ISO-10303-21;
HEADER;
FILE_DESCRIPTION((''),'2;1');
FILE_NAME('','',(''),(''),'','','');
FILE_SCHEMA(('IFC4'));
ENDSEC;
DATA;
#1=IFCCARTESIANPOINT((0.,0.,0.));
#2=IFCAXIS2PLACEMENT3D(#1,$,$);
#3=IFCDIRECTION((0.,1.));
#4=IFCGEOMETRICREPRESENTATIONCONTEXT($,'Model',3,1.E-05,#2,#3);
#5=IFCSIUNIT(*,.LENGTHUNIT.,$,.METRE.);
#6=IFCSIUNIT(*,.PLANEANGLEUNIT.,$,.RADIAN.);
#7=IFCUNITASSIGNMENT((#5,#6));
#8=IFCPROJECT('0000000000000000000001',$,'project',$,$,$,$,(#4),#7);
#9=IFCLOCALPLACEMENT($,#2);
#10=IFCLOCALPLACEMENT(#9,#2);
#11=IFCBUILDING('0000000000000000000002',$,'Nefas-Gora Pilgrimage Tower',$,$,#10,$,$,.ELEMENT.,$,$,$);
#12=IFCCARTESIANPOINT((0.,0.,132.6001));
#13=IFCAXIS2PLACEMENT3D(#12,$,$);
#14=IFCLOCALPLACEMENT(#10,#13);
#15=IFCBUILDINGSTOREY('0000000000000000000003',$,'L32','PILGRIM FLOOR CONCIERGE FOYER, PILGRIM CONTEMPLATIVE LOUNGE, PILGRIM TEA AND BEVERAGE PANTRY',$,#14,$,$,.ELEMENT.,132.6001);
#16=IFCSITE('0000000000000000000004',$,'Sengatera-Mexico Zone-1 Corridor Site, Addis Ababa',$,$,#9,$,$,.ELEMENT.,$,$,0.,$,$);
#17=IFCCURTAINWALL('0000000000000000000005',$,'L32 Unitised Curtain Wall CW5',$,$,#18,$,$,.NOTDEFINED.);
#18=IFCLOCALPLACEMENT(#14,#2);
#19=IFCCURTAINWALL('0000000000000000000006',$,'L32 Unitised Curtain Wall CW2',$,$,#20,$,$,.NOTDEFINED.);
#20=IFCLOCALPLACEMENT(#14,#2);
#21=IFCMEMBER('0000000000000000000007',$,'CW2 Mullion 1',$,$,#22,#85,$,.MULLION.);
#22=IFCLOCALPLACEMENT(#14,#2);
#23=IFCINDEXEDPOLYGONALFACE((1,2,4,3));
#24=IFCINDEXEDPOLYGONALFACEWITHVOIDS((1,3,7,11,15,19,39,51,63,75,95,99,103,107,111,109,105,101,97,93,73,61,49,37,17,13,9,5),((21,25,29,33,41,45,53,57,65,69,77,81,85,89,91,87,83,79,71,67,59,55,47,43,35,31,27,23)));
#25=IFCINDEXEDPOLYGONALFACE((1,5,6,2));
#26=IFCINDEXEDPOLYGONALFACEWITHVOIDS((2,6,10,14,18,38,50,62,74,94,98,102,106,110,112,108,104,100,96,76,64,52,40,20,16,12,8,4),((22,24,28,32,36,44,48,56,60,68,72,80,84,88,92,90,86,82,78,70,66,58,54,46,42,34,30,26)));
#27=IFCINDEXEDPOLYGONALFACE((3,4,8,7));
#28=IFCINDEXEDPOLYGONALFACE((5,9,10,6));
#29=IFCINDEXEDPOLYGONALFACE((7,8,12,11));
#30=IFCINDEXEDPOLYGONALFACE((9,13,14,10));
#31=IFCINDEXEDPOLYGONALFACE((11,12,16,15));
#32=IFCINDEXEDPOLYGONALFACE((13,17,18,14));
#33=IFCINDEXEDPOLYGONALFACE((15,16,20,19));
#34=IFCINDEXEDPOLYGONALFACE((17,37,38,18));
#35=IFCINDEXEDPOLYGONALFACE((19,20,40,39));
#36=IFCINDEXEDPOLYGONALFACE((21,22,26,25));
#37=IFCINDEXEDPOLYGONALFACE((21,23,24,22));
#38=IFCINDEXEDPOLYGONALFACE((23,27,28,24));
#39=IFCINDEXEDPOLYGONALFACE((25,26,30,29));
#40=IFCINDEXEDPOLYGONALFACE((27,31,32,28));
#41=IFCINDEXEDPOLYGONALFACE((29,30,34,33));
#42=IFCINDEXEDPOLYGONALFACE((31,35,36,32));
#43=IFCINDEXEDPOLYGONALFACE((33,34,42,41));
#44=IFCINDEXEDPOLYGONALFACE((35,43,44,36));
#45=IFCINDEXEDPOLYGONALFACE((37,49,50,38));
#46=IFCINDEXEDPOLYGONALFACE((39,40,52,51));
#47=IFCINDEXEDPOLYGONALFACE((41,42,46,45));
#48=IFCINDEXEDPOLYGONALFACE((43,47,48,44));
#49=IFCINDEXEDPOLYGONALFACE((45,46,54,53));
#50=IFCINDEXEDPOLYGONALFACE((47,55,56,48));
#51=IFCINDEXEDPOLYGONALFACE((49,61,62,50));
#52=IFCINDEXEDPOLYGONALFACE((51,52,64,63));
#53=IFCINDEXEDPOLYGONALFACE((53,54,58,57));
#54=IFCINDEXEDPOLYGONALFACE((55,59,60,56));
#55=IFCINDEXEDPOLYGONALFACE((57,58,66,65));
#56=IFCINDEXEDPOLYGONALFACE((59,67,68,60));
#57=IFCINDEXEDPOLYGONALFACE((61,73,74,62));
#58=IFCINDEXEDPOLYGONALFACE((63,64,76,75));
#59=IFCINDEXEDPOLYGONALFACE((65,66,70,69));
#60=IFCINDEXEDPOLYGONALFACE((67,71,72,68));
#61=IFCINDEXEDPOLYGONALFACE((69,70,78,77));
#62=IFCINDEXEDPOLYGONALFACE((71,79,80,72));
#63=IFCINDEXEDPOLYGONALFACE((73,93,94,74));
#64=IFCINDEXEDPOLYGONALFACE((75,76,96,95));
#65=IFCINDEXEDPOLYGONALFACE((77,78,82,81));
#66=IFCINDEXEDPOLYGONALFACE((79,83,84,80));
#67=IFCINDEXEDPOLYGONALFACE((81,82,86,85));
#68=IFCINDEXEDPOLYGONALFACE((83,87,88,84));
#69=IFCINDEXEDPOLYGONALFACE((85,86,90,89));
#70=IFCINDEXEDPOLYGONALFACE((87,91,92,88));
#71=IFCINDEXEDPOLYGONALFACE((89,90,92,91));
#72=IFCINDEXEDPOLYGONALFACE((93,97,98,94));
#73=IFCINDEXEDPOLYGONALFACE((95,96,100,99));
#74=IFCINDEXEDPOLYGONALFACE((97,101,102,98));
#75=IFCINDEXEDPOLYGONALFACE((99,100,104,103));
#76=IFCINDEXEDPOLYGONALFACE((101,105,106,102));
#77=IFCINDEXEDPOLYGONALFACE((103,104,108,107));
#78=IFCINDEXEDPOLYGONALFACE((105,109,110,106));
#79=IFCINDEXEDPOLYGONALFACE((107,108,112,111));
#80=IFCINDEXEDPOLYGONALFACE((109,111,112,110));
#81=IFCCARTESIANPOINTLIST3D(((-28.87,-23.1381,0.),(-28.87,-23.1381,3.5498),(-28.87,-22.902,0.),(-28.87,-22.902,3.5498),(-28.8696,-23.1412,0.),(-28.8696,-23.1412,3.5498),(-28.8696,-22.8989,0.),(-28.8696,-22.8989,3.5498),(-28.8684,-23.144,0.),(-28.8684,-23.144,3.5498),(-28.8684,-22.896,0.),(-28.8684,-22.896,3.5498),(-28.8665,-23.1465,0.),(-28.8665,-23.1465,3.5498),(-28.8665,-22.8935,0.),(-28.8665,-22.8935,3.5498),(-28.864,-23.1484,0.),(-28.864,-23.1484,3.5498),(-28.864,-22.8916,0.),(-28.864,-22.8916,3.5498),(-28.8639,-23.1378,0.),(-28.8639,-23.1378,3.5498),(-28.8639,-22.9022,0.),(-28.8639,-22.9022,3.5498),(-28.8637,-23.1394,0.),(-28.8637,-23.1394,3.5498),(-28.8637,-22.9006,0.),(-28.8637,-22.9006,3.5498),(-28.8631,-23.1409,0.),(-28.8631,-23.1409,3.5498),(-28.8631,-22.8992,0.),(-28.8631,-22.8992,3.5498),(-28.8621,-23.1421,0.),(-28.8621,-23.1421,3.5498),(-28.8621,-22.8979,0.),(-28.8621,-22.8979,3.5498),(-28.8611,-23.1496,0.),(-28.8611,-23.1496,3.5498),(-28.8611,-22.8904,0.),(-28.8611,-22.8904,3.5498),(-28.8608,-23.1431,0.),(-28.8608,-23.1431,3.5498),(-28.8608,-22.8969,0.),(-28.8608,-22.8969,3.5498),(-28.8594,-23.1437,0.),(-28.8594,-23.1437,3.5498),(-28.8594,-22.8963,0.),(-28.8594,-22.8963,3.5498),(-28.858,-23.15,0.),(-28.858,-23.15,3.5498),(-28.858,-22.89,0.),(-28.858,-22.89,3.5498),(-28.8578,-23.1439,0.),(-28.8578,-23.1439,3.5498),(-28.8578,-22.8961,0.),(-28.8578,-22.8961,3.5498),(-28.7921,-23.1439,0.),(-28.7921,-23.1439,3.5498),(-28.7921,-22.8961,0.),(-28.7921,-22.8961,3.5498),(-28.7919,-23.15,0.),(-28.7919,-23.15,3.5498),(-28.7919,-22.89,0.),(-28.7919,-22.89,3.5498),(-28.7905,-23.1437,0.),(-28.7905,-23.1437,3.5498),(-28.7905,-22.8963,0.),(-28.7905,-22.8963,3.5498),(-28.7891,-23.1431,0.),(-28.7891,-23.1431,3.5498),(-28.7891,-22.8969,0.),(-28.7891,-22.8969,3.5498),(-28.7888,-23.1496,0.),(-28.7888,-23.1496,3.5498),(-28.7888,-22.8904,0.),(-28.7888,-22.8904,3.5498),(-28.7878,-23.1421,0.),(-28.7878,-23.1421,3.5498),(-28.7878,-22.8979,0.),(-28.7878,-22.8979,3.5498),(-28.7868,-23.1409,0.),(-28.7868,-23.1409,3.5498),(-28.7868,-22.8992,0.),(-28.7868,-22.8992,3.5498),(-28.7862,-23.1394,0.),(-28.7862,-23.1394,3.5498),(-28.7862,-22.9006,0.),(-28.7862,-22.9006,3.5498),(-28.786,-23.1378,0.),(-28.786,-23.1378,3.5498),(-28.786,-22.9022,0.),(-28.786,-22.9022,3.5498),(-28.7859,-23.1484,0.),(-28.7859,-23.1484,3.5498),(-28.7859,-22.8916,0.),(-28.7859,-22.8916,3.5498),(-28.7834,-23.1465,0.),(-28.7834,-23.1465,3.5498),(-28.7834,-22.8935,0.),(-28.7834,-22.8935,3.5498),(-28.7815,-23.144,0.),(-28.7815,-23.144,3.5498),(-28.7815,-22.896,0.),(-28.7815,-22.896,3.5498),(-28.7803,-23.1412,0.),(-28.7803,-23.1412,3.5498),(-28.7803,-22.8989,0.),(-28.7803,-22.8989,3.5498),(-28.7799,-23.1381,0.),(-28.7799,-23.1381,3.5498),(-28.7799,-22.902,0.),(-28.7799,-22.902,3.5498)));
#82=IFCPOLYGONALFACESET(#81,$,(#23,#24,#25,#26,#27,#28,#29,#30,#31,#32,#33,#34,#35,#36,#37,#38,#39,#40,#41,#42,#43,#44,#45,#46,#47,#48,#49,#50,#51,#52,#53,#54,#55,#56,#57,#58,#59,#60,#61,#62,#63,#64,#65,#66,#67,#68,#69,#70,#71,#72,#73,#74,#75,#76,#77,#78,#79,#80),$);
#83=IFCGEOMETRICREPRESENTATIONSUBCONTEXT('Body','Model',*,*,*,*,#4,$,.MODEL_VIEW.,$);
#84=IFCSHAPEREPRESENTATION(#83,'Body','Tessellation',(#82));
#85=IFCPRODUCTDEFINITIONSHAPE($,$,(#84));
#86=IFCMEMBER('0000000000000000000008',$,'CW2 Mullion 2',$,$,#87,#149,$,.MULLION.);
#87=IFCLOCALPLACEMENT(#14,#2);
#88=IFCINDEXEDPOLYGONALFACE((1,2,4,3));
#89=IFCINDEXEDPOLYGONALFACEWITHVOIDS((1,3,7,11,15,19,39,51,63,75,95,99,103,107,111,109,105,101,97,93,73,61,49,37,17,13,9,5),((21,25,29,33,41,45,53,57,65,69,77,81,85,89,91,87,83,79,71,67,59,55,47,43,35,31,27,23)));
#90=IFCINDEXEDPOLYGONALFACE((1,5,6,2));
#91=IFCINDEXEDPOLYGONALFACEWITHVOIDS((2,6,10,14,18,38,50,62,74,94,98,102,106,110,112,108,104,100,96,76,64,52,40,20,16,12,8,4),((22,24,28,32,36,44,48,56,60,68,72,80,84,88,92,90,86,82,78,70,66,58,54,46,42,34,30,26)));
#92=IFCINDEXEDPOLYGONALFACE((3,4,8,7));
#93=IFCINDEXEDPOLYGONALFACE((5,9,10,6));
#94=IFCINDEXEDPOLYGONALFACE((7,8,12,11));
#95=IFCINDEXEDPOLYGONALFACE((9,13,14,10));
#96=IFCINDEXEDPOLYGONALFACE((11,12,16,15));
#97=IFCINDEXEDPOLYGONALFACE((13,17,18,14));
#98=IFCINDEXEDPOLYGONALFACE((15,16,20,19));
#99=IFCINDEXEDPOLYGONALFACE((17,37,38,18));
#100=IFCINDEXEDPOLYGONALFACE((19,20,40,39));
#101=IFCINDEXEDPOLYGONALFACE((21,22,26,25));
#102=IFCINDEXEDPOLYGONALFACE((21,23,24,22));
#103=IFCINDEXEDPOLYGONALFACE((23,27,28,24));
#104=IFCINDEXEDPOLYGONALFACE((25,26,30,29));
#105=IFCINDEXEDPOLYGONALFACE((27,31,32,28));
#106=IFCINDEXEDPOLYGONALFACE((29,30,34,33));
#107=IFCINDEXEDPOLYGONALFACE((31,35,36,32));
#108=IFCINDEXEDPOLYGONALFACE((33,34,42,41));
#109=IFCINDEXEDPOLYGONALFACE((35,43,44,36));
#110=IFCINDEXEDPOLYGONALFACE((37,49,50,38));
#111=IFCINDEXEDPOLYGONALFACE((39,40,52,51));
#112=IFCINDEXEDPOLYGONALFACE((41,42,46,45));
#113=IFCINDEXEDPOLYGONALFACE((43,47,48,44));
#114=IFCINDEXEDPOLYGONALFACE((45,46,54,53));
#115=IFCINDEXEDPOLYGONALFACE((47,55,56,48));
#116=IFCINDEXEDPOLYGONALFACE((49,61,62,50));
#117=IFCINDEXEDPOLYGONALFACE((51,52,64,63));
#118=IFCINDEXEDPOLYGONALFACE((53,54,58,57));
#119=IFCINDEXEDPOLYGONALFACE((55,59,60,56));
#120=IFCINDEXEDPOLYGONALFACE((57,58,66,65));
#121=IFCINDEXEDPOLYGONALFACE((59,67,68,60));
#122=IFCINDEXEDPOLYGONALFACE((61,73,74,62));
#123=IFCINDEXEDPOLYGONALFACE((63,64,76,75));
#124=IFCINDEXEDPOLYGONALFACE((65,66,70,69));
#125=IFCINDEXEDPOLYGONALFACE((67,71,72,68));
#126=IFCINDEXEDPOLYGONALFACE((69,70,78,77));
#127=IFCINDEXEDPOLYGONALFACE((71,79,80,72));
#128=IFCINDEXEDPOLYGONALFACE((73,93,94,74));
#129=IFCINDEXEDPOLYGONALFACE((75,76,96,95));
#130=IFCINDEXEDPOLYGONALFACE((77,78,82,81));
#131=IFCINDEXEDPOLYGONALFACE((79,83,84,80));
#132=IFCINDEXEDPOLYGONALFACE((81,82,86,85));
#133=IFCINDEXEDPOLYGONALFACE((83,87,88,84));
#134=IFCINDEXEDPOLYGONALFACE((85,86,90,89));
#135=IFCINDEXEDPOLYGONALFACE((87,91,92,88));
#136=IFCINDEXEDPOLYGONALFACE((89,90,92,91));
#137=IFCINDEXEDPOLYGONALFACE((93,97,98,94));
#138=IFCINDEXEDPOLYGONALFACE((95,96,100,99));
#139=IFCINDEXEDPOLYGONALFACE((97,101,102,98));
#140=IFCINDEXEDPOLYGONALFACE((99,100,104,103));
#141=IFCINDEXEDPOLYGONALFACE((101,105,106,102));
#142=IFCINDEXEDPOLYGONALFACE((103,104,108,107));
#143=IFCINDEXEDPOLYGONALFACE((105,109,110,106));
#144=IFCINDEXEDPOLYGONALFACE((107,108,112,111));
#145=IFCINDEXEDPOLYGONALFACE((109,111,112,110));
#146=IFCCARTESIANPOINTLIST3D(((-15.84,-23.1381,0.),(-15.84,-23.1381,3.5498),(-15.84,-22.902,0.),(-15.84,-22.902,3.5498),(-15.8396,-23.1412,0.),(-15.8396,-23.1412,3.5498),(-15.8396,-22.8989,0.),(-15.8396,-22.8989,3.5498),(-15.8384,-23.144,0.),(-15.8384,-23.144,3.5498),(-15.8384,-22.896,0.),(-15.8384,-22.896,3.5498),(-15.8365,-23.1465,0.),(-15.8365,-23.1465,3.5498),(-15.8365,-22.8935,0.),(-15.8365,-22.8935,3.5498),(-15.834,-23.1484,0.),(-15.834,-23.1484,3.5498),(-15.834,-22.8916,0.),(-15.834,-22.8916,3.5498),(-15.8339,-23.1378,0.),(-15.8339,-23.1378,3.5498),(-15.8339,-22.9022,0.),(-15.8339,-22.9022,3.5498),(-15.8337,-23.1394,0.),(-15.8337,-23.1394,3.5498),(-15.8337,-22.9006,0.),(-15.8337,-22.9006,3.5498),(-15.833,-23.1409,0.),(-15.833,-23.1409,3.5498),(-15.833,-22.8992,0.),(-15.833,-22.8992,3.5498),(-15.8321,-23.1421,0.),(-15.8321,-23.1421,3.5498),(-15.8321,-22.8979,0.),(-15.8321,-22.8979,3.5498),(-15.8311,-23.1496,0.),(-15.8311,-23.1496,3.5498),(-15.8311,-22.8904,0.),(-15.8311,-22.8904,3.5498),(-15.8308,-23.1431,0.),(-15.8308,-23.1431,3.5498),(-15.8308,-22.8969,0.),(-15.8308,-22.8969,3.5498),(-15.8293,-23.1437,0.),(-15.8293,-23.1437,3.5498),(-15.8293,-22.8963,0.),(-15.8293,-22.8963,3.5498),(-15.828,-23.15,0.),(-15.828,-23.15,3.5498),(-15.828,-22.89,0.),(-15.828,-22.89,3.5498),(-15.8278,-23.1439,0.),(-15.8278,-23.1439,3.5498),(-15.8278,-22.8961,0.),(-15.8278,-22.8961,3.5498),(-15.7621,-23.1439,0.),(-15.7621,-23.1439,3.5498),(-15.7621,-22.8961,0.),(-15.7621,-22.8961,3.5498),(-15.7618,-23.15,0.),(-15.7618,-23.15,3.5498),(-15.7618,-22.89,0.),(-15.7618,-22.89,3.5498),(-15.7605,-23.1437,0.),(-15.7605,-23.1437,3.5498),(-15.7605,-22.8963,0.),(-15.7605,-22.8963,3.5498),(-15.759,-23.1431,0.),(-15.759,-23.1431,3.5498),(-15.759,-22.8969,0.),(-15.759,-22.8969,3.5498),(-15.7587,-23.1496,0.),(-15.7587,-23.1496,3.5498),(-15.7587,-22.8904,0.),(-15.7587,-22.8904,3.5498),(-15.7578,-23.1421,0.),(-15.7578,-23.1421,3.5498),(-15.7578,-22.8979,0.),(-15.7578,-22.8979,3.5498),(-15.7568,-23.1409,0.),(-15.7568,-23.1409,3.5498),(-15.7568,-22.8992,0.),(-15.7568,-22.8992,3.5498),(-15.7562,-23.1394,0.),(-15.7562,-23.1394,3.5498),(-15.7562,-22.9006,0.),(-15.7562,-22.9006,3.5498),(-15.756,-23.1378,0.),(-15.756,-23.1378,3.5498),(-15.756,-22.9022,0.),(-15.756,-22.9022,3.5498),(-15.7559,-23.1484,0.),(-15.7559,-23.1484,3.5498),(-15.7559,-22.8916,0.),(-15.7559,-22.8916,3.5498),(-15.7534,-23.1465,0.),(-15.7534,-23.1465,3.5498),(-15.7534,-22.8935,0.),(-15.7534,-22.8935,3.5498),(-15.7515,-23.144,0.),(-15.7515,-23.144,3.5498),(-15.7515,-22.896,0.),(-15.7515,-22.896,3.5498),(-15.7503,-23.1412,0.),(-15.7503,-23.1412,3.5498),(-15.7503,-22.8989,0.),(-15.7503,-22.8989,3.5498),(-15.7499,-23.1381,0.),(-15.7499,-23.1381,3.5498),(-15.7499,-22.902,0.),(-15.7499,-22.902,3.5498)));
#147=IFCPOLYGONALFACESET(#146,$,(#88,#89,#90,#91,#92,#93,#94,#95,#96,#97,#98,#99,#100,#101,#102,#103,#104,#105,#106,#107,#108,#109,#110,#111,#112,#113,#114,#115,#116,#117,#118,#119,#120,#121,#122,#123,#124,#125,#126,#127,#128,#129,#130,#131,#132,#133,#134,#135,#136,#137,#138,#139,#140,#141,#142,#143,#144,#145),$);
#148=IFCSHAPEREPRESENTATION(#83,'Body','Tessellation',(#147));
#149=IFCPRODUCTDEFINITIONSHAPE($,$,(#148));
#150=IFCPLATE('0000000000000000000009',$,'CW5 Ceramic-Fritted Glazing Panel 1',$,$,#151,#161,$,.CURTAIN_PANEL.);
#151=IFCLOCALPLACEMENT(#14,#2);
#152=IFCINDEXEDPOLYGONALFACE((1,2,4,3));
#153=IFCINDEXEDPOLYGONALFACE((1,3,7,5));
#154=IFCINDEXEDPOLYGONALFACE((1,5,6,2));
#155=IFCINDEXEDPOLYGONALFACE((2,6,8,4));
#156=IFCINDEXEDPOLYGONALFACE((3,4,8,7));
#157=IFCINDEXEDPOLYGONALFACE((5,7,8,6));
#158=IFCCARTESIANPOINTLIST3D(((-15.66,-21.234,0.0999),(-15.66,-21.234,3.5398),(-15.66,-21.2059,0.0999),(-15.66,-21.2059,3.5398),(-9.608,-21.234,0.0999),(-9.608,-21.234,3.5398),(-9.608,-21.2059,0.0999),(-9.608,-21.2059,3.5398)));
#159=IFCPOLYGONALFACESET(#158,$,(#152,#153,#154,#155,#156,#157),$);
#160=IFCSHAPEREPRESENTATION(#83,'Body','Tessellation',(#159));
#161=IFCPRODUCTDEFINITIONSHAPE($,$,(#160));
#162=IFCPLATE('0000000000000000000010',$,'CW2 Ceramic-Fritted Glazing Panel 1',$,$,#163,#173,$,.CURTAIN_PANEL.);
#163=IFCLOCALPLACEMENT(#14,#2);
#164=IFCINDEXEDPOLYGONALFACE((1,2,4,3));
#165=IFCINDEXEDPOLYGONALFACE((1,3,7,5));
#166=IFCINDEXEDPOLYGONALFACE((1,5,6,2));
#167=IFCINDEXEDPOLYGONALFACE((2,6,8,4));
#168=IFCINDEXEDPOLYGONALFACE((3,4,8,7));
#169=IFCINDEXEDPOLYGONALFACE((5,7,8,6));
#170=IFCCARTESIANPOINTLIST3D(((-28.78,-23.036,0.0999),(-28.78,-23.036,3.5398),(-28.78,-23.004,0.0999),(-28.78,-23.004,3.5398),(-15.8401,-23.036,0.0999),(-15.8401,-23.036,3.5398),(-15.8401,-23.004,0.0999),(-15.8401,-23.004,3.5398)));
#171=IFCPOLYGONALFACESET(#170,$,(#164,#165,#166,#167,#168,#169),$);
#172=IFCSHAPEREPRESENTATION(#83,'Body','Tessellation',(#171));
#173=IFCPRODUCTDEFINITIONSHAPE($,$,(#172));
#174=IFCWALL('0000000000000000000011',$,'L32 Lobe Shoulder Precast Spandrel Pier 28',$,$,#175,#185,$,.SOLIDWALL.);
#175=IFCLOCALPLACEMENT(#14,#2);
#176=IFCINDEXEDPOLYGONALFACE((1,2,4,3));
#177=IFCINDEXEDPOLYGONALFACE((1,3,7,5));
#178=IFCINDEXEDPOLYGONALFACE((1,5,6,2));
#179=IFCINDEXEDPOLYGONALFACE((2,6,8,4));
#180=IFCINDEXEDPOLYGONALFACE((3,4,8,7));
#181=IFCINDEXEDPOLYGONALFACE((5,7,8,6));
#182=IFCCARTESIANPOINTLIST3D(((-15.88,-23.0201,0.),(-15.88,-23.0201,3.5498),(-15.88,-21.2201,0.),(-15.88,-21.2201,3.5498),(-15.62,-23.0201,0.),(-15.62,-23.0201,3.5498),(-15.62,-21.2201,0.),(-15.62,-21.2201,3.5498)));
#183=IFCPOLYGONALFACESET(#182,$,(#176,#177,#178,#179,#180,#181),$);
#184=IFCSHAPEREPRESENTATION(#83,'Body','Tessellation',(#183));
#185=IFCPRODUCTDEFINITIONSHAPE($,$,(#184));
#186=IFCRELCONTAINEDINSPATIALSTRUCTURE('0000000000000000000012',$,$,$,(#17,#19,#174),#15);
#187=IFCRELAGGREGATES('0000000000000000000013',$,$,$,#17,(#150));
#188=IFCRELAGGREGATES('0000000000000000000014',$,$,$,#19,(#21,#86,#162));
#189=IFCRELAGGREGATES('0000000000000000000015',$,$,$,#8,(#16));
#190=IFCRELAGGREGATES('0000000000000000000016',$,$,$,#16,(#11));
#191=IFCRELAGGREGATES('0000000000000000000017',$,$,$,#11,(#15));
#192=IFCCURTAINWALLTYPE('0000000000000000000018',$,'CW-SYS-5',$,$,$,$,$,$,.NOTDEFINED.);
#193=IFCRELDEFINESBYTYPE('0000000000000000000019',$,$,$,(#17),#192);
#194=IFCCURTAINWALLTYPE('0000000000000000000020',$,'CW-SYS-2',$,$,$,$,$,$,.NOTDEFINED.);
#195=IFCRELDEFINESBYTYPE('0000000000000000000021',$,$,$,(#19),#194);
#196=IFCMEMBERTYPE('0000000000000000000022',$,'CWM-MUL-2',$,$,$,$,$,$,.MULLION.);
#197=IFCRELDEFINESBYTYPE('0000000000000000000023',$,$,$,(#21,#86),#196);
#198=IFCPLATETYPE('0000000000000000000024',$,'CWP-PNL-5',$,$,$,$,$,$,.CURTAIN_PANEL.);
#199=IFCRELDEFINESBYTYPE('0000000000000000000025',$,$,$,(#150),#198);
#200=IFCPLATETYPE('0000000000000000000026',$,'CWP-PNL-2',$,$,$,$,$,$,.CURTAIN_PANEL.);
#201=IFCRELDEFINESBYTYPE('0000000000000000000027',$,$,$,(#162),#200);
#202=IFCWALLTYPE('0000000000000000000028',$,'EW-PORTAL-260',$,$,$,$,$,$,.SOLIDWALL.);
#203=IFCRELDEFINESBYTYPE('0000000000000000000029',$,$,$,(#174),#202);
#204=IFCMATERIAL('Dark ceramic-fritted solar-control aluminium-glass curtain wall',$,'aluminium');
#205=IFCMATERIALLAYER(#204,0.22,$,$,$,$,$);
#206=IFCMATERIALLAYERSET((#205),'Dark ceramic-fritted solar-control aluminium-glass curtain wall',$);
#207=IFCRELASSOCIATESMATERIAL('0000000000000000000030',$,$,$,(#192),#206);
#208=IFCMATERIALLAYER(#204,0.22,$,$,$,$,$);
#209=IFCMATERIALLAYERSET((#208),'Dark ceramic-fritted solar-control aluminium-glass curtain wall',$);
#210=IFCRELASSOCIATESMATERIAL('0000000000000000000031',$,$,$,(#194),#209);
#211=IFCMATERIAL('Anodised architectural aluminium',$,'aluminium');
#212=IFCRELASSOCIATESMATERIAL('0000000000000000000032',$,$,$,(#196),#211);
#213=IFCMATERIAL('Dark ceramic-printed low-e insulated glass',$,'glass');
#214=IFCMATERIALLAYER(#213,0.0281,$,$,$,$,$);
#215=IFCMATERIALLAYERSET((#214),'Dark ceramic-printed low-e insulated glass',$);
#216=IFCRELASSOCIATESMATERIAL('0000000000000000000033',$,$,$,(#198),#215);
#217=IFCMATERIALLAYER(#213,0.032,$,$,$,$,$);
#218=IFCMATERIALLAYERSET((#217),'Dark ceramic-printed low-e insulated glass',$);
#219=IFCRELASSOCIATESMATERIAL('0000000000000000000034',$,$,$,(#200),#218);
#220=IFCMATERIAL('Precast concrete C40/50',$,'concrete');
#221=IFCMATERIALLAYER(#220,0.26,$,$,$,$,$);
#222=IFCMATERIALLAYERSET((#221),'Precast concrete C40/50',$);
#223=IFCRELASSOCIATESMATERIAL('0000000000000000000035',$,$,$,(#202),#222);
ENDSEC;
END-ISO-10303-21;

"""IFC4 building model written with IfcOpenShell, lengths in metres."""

from ifc_helpers import new_model, si_unit, direction, frame, frame_2d, origin, origin_2d, place, context, subcontext, project, spatial, rectangle, hollow_rectangle, extrude, source, transform, mapped, material, layer, layer_set, material_profile, profile_set, type_object, element, aggregate, save


model = new_model("IFC4")

# Units and contexts
model_context = context("Model", 3, precision=1e-05, world=origin(), true_north=direction((0.0, 1.0)))
body_context = subcontext(model_context, "Body", "Model", "MODEL_VIEW")
ifc_project = project(units=[si_unit("LENGTHUNIT", "METRE"), si_unit("PLANEANGLEUNIT", "RADIAN")], contexts=[model_context])

# Site, building, storey
site_placement = place(None, origin())
site = spatial("IfcSite", under=ifc_project, at=site_placement, Name="Sengatera-Mexico Zone-1 Corridor Site, Addis Ababa", CompositionType="ELEMENT", RefElevation=0.0)
building_placement = place(site_placement, origin())
building = spatial("IfcBuilding", under=site, at=building_placement, Name="Nefas-Gora Pilgrimage Tower", CompositionType="ELEMENT")
storey_placement = place(building_placement, frame((0.0, 0.0, 132.6001)))
storey = spatial("IfcBuildingStorey", under=building, at=storey_placement, Name="L32", Description="PILGRIM FLOOR CONCIERGE FOYER, PILGRIM CONTEMPLATIVE LOUNGE, PILGRIM TEA AND BEVERAGE PANTRY", CompositionType="ELEMENT", Elevation=132.6001)

# Curtain walls
ifc_material_1 = material(Name="Dark ceramic-fritted solar-control aluminium-glass curtain wall", Category="aluminium")
ifc_layer_1 = layer(ifc_material_1, 0.22)
ifc_layer_set_1 = layer_set([ifc_layer_1], Name="Dark ceramic-fritted solar-control aluminium-glass curtain wall")
curtain_wall_type_1 = type_object("IfcCurtainWallType", Name="CW-SYS-5", PredefinedType="NOTDEFINED", material=ifc_layer_set_1)
curtain_wall_1_placement = place(storey_placement, origin())
curtain_wall_1 = element("IfcCurtainWall", 1, at=curtain_wall_1_placement, inside=storey, type_object=curtain_wall_type_1, Name="L32 Unitised Curtain Wall CW5", PredefinedType="NOTDEFINED")
ifc_material_2 = material(Name="Anodised architectural aluminium", Category="aluminium")
ifc_layer_2 = layer(ifc_material_1, 0.22)
ifc_layer_set_2 = layer_set([ifc_layer_2], Name="Dark ceramic-fritted solar-control aluminium-glass curtain wall")
curtain_wall_type_2 = type_object("IfcCurtainWallType", Name="CW-SYS-2", PredefinedType="NOTDEFINED", material=ifc_layer_set_2)
curtain_wall_2_placement = place(storey_placement, origin())
curtain_wall_2 = element("IfcCurtainWall", 2, at=curtain_wall_2_placement, inside=storey, type_object=curtain_wall_type_2, Name="L32 Unitised Curtain Wall CW2", PredefinedType="NOTDEFINED")

# Shared definitions
ifc_material_profile_1 = material_profile(ifc_material_2, hollow_rectangle(XDim=0.0901, YDim=0.26, WallThickness=0.0061, InnerFilletRadius=0.0061, OuterFilletRadius=0.012, at=origin_2d()), Name="ALU MULLION 90x260")
ifc_profile_set_1 = profile_set([ifc_material_profile_1], Name="Anodised architectural aluminium")
member_type_1 = type_object("IfcMemberType", Name="CWM-MUL-2", PredefinedType="MULLION", material=ifc_profile_set_1)
shared_shape_1 = source(origin(), body_context, "Body", "SweptSolid", [
    extrude(hollow_rectangle(XDim=0.0901, YDim=0.26, WallThickness=0.0061, InnerFilletRadius=0.0061, OuterFilletRadius=0.012, at=origin_2d()), origin(), (0.0, 0.0, 1.0), 3.5498),
])

# Members
member_1_placement = place(storey_placement, frame((-28.825, -23.02, 0.0), z_axis=(0.0, 0.0, 1.0), x_axis=(1.0, 0.0, 0.0)))
member_1 = element("IfcMember", 3, at=member_1_placement, type_object=member_type_1, Name="CW2 Mullion 1", PredefinedType="MULLION", context=body_context, shape_type="MappedRepresentation", body=[
    mapped(shared_shape_1, transform((0.0, 0.0, 0.0), x_axis=(1.0, 0.0, 0.0), y_axis=(0.0, 1.0, 0.0), z_axis=(0.0, 0.0, 1.0), scale=1.0)),
])
member_2_placement = place(storey_placement, frame((-15.7949, -23.02, 0.0), z_axis=(0.0, 0.0, 1.0), x_axis=(1.0, 0.0, 0.0)))
member_2 = element("IfcMember", 4, at=member_2_placement, type_object=member_type_1, Name="CW2 Mullion 2", PredefinedType="MULLION", context=body_context, shape_type="MappedRepresentation", body=[
    mapped(shared_shape_1, transform((0.0, 0.0, 0.0), x_axis=(1.0, 0.0, 0.0), y_axis=(0.0, 1.0, 0.0), z_axis=(0.0, 0.0, 1.0), scale=1.0)),
])

# Plates
ifc_material_3 = material(Name="Dark ceramic-printed low-e insulated glass", Category="glass")
ifc_layer_3 = layer(ifc_material_3, 0.0281)
ifc_layer_set_3 = layer_set([ifc_layer_3], Name="Dark ceramic-printed low-e insulated glass")
plate_type_1 = type_object("IfcPlateType", Name="CWP-PNL-5", PredefinedType="CURTAIN_PANEL", material=ifc_layer_set_3)
shared_shape_2 = source(origin(), body_context, "Body", "SweptSolid", [
    extrude(rectangle(XDim=6.052, YDim=0.0281, at=origin_2d()), origin(), (0.0, 0.0, 1.0), 3.4399),
])
plate_1_placement = place(storey_placement, frame((-12.634, -21.22, 0.0999), z_axis=(0.0, 0.0, 1.0), x_axis=(1.0, 0.0, 0.0)))
plate_1 = element("IfcPlate", 5, at=plate_1_placement, type_object=plate_type_1, Name="CW5 Ceramic-Fritted Glazing Panel 1", PredefinedType="CURTAIN_PANEL", context=body_context, shape_type="MappedRepresentation", body=[
    mapped(shared_shape_2, transform((0.0, 0.0, 0.0), x_axis=(1.0, 0.0, 0.0), y_axis=(0.0, 1.0, 0.0), z_axis=(0.0, 0.0, 1.0), scale=1.0)),
])
aggregate(curtain_wall_1, [plate_1])
ifc_layer_4 = layer(ifc_material_3, 0.032)
ifc_layer_set_4 = layer_set([ifc_layer_4], Name="Dark ceramic-printed low-e insulated glass")
plate_type_2 = type_object("IfcPlateType", Name="CWP-PNL-2", PredefinedType="CURTAIN_PANEL", material=ifc_layer_set_4)
shared_shape_3 = source(origin(), body_context, "Body", "SweptSolid", [
    extrude(rectangle(XDim=12.9399, YDim=0.032, at=origin_2d()), origin(), (0.0, 0.0, 1.0), 3.4399),
])
plate_2_placement = place(storey_placement, frame((-22.3101, -23.02, 0.0999), z_axis=(0.0, 0.0, 1.0), x_axis=(1.0, 0.0, 0.0)))
plate_2 = element("IfcPlate", 6, at=plate_2_placement, type_object=plate_type_2, Name="CW2 Ceramic-Fritted Glazing Panel 1", PredefinedType="CURTAIN_PANEL", context=body_context, shape_type="MappedRepresentation", body=[
    mapped(shared_shape_3, transform((0.0, 0.0, 0.0), x_axis=(1.0, 0.0, 0.0), y_axis=(0.0, 1.0, 0.0), z_axis=(0.0, 0.0, 1.0), scale=1.0)),
])
aggregate(curtain_wall_2, [member_1, member_2, plate_2])

# Wall
ifc_material_4 = material(Name="Precast concrete C40/50", Category="concrete")
ifc_layer_5 = layer(ifc_material_4, 0.26)
ifc_layer_set_5 = layer_set([ifc_layer_5], Name="Precast concrete C40/50")
wall_type_1 = type_object("IfcWallType", Name="EW-PORTAL-260", PredefinedType="SOLIDWALL", material=ifc_layer_set_5)
shared_shape_4 = source(origin(), body_context, "Body", "SweptSolid", [
    extrude(rectangle(XDim=1.8, YDim=0.26, at=frame_2d((0.8999, 0.0))), origin(), (0.0, 0.0, 1.0), 3.5498),
])
wall_1_placement = place(storey_placement, frame((-15.75, -23.02, 0.0), z_axis=(0.0, 0.0, 1.0), x_axis=(0.0, 1.0, 0.0)))
element("IfcWall", 7, at=wall_1_placement, inside=storey, type_object=wall_type_1, Name="L32 Lobe Shoulder Precast Spandrel Pier 28", PredefinedType="SOLIDWALL", context=body_context, shape_type="MappedRepresentation", body=[
    mapped(shared_shape_4, transform((0.0, 0.0, 0.0), x_axis=(1.0, 0.0, 0.0), y_axis=(0.0, 1.0, 0.0), z_axis=(0.0, 0.0, 1.0), scale=1.0)),
])

save(model, "model.ifc")
